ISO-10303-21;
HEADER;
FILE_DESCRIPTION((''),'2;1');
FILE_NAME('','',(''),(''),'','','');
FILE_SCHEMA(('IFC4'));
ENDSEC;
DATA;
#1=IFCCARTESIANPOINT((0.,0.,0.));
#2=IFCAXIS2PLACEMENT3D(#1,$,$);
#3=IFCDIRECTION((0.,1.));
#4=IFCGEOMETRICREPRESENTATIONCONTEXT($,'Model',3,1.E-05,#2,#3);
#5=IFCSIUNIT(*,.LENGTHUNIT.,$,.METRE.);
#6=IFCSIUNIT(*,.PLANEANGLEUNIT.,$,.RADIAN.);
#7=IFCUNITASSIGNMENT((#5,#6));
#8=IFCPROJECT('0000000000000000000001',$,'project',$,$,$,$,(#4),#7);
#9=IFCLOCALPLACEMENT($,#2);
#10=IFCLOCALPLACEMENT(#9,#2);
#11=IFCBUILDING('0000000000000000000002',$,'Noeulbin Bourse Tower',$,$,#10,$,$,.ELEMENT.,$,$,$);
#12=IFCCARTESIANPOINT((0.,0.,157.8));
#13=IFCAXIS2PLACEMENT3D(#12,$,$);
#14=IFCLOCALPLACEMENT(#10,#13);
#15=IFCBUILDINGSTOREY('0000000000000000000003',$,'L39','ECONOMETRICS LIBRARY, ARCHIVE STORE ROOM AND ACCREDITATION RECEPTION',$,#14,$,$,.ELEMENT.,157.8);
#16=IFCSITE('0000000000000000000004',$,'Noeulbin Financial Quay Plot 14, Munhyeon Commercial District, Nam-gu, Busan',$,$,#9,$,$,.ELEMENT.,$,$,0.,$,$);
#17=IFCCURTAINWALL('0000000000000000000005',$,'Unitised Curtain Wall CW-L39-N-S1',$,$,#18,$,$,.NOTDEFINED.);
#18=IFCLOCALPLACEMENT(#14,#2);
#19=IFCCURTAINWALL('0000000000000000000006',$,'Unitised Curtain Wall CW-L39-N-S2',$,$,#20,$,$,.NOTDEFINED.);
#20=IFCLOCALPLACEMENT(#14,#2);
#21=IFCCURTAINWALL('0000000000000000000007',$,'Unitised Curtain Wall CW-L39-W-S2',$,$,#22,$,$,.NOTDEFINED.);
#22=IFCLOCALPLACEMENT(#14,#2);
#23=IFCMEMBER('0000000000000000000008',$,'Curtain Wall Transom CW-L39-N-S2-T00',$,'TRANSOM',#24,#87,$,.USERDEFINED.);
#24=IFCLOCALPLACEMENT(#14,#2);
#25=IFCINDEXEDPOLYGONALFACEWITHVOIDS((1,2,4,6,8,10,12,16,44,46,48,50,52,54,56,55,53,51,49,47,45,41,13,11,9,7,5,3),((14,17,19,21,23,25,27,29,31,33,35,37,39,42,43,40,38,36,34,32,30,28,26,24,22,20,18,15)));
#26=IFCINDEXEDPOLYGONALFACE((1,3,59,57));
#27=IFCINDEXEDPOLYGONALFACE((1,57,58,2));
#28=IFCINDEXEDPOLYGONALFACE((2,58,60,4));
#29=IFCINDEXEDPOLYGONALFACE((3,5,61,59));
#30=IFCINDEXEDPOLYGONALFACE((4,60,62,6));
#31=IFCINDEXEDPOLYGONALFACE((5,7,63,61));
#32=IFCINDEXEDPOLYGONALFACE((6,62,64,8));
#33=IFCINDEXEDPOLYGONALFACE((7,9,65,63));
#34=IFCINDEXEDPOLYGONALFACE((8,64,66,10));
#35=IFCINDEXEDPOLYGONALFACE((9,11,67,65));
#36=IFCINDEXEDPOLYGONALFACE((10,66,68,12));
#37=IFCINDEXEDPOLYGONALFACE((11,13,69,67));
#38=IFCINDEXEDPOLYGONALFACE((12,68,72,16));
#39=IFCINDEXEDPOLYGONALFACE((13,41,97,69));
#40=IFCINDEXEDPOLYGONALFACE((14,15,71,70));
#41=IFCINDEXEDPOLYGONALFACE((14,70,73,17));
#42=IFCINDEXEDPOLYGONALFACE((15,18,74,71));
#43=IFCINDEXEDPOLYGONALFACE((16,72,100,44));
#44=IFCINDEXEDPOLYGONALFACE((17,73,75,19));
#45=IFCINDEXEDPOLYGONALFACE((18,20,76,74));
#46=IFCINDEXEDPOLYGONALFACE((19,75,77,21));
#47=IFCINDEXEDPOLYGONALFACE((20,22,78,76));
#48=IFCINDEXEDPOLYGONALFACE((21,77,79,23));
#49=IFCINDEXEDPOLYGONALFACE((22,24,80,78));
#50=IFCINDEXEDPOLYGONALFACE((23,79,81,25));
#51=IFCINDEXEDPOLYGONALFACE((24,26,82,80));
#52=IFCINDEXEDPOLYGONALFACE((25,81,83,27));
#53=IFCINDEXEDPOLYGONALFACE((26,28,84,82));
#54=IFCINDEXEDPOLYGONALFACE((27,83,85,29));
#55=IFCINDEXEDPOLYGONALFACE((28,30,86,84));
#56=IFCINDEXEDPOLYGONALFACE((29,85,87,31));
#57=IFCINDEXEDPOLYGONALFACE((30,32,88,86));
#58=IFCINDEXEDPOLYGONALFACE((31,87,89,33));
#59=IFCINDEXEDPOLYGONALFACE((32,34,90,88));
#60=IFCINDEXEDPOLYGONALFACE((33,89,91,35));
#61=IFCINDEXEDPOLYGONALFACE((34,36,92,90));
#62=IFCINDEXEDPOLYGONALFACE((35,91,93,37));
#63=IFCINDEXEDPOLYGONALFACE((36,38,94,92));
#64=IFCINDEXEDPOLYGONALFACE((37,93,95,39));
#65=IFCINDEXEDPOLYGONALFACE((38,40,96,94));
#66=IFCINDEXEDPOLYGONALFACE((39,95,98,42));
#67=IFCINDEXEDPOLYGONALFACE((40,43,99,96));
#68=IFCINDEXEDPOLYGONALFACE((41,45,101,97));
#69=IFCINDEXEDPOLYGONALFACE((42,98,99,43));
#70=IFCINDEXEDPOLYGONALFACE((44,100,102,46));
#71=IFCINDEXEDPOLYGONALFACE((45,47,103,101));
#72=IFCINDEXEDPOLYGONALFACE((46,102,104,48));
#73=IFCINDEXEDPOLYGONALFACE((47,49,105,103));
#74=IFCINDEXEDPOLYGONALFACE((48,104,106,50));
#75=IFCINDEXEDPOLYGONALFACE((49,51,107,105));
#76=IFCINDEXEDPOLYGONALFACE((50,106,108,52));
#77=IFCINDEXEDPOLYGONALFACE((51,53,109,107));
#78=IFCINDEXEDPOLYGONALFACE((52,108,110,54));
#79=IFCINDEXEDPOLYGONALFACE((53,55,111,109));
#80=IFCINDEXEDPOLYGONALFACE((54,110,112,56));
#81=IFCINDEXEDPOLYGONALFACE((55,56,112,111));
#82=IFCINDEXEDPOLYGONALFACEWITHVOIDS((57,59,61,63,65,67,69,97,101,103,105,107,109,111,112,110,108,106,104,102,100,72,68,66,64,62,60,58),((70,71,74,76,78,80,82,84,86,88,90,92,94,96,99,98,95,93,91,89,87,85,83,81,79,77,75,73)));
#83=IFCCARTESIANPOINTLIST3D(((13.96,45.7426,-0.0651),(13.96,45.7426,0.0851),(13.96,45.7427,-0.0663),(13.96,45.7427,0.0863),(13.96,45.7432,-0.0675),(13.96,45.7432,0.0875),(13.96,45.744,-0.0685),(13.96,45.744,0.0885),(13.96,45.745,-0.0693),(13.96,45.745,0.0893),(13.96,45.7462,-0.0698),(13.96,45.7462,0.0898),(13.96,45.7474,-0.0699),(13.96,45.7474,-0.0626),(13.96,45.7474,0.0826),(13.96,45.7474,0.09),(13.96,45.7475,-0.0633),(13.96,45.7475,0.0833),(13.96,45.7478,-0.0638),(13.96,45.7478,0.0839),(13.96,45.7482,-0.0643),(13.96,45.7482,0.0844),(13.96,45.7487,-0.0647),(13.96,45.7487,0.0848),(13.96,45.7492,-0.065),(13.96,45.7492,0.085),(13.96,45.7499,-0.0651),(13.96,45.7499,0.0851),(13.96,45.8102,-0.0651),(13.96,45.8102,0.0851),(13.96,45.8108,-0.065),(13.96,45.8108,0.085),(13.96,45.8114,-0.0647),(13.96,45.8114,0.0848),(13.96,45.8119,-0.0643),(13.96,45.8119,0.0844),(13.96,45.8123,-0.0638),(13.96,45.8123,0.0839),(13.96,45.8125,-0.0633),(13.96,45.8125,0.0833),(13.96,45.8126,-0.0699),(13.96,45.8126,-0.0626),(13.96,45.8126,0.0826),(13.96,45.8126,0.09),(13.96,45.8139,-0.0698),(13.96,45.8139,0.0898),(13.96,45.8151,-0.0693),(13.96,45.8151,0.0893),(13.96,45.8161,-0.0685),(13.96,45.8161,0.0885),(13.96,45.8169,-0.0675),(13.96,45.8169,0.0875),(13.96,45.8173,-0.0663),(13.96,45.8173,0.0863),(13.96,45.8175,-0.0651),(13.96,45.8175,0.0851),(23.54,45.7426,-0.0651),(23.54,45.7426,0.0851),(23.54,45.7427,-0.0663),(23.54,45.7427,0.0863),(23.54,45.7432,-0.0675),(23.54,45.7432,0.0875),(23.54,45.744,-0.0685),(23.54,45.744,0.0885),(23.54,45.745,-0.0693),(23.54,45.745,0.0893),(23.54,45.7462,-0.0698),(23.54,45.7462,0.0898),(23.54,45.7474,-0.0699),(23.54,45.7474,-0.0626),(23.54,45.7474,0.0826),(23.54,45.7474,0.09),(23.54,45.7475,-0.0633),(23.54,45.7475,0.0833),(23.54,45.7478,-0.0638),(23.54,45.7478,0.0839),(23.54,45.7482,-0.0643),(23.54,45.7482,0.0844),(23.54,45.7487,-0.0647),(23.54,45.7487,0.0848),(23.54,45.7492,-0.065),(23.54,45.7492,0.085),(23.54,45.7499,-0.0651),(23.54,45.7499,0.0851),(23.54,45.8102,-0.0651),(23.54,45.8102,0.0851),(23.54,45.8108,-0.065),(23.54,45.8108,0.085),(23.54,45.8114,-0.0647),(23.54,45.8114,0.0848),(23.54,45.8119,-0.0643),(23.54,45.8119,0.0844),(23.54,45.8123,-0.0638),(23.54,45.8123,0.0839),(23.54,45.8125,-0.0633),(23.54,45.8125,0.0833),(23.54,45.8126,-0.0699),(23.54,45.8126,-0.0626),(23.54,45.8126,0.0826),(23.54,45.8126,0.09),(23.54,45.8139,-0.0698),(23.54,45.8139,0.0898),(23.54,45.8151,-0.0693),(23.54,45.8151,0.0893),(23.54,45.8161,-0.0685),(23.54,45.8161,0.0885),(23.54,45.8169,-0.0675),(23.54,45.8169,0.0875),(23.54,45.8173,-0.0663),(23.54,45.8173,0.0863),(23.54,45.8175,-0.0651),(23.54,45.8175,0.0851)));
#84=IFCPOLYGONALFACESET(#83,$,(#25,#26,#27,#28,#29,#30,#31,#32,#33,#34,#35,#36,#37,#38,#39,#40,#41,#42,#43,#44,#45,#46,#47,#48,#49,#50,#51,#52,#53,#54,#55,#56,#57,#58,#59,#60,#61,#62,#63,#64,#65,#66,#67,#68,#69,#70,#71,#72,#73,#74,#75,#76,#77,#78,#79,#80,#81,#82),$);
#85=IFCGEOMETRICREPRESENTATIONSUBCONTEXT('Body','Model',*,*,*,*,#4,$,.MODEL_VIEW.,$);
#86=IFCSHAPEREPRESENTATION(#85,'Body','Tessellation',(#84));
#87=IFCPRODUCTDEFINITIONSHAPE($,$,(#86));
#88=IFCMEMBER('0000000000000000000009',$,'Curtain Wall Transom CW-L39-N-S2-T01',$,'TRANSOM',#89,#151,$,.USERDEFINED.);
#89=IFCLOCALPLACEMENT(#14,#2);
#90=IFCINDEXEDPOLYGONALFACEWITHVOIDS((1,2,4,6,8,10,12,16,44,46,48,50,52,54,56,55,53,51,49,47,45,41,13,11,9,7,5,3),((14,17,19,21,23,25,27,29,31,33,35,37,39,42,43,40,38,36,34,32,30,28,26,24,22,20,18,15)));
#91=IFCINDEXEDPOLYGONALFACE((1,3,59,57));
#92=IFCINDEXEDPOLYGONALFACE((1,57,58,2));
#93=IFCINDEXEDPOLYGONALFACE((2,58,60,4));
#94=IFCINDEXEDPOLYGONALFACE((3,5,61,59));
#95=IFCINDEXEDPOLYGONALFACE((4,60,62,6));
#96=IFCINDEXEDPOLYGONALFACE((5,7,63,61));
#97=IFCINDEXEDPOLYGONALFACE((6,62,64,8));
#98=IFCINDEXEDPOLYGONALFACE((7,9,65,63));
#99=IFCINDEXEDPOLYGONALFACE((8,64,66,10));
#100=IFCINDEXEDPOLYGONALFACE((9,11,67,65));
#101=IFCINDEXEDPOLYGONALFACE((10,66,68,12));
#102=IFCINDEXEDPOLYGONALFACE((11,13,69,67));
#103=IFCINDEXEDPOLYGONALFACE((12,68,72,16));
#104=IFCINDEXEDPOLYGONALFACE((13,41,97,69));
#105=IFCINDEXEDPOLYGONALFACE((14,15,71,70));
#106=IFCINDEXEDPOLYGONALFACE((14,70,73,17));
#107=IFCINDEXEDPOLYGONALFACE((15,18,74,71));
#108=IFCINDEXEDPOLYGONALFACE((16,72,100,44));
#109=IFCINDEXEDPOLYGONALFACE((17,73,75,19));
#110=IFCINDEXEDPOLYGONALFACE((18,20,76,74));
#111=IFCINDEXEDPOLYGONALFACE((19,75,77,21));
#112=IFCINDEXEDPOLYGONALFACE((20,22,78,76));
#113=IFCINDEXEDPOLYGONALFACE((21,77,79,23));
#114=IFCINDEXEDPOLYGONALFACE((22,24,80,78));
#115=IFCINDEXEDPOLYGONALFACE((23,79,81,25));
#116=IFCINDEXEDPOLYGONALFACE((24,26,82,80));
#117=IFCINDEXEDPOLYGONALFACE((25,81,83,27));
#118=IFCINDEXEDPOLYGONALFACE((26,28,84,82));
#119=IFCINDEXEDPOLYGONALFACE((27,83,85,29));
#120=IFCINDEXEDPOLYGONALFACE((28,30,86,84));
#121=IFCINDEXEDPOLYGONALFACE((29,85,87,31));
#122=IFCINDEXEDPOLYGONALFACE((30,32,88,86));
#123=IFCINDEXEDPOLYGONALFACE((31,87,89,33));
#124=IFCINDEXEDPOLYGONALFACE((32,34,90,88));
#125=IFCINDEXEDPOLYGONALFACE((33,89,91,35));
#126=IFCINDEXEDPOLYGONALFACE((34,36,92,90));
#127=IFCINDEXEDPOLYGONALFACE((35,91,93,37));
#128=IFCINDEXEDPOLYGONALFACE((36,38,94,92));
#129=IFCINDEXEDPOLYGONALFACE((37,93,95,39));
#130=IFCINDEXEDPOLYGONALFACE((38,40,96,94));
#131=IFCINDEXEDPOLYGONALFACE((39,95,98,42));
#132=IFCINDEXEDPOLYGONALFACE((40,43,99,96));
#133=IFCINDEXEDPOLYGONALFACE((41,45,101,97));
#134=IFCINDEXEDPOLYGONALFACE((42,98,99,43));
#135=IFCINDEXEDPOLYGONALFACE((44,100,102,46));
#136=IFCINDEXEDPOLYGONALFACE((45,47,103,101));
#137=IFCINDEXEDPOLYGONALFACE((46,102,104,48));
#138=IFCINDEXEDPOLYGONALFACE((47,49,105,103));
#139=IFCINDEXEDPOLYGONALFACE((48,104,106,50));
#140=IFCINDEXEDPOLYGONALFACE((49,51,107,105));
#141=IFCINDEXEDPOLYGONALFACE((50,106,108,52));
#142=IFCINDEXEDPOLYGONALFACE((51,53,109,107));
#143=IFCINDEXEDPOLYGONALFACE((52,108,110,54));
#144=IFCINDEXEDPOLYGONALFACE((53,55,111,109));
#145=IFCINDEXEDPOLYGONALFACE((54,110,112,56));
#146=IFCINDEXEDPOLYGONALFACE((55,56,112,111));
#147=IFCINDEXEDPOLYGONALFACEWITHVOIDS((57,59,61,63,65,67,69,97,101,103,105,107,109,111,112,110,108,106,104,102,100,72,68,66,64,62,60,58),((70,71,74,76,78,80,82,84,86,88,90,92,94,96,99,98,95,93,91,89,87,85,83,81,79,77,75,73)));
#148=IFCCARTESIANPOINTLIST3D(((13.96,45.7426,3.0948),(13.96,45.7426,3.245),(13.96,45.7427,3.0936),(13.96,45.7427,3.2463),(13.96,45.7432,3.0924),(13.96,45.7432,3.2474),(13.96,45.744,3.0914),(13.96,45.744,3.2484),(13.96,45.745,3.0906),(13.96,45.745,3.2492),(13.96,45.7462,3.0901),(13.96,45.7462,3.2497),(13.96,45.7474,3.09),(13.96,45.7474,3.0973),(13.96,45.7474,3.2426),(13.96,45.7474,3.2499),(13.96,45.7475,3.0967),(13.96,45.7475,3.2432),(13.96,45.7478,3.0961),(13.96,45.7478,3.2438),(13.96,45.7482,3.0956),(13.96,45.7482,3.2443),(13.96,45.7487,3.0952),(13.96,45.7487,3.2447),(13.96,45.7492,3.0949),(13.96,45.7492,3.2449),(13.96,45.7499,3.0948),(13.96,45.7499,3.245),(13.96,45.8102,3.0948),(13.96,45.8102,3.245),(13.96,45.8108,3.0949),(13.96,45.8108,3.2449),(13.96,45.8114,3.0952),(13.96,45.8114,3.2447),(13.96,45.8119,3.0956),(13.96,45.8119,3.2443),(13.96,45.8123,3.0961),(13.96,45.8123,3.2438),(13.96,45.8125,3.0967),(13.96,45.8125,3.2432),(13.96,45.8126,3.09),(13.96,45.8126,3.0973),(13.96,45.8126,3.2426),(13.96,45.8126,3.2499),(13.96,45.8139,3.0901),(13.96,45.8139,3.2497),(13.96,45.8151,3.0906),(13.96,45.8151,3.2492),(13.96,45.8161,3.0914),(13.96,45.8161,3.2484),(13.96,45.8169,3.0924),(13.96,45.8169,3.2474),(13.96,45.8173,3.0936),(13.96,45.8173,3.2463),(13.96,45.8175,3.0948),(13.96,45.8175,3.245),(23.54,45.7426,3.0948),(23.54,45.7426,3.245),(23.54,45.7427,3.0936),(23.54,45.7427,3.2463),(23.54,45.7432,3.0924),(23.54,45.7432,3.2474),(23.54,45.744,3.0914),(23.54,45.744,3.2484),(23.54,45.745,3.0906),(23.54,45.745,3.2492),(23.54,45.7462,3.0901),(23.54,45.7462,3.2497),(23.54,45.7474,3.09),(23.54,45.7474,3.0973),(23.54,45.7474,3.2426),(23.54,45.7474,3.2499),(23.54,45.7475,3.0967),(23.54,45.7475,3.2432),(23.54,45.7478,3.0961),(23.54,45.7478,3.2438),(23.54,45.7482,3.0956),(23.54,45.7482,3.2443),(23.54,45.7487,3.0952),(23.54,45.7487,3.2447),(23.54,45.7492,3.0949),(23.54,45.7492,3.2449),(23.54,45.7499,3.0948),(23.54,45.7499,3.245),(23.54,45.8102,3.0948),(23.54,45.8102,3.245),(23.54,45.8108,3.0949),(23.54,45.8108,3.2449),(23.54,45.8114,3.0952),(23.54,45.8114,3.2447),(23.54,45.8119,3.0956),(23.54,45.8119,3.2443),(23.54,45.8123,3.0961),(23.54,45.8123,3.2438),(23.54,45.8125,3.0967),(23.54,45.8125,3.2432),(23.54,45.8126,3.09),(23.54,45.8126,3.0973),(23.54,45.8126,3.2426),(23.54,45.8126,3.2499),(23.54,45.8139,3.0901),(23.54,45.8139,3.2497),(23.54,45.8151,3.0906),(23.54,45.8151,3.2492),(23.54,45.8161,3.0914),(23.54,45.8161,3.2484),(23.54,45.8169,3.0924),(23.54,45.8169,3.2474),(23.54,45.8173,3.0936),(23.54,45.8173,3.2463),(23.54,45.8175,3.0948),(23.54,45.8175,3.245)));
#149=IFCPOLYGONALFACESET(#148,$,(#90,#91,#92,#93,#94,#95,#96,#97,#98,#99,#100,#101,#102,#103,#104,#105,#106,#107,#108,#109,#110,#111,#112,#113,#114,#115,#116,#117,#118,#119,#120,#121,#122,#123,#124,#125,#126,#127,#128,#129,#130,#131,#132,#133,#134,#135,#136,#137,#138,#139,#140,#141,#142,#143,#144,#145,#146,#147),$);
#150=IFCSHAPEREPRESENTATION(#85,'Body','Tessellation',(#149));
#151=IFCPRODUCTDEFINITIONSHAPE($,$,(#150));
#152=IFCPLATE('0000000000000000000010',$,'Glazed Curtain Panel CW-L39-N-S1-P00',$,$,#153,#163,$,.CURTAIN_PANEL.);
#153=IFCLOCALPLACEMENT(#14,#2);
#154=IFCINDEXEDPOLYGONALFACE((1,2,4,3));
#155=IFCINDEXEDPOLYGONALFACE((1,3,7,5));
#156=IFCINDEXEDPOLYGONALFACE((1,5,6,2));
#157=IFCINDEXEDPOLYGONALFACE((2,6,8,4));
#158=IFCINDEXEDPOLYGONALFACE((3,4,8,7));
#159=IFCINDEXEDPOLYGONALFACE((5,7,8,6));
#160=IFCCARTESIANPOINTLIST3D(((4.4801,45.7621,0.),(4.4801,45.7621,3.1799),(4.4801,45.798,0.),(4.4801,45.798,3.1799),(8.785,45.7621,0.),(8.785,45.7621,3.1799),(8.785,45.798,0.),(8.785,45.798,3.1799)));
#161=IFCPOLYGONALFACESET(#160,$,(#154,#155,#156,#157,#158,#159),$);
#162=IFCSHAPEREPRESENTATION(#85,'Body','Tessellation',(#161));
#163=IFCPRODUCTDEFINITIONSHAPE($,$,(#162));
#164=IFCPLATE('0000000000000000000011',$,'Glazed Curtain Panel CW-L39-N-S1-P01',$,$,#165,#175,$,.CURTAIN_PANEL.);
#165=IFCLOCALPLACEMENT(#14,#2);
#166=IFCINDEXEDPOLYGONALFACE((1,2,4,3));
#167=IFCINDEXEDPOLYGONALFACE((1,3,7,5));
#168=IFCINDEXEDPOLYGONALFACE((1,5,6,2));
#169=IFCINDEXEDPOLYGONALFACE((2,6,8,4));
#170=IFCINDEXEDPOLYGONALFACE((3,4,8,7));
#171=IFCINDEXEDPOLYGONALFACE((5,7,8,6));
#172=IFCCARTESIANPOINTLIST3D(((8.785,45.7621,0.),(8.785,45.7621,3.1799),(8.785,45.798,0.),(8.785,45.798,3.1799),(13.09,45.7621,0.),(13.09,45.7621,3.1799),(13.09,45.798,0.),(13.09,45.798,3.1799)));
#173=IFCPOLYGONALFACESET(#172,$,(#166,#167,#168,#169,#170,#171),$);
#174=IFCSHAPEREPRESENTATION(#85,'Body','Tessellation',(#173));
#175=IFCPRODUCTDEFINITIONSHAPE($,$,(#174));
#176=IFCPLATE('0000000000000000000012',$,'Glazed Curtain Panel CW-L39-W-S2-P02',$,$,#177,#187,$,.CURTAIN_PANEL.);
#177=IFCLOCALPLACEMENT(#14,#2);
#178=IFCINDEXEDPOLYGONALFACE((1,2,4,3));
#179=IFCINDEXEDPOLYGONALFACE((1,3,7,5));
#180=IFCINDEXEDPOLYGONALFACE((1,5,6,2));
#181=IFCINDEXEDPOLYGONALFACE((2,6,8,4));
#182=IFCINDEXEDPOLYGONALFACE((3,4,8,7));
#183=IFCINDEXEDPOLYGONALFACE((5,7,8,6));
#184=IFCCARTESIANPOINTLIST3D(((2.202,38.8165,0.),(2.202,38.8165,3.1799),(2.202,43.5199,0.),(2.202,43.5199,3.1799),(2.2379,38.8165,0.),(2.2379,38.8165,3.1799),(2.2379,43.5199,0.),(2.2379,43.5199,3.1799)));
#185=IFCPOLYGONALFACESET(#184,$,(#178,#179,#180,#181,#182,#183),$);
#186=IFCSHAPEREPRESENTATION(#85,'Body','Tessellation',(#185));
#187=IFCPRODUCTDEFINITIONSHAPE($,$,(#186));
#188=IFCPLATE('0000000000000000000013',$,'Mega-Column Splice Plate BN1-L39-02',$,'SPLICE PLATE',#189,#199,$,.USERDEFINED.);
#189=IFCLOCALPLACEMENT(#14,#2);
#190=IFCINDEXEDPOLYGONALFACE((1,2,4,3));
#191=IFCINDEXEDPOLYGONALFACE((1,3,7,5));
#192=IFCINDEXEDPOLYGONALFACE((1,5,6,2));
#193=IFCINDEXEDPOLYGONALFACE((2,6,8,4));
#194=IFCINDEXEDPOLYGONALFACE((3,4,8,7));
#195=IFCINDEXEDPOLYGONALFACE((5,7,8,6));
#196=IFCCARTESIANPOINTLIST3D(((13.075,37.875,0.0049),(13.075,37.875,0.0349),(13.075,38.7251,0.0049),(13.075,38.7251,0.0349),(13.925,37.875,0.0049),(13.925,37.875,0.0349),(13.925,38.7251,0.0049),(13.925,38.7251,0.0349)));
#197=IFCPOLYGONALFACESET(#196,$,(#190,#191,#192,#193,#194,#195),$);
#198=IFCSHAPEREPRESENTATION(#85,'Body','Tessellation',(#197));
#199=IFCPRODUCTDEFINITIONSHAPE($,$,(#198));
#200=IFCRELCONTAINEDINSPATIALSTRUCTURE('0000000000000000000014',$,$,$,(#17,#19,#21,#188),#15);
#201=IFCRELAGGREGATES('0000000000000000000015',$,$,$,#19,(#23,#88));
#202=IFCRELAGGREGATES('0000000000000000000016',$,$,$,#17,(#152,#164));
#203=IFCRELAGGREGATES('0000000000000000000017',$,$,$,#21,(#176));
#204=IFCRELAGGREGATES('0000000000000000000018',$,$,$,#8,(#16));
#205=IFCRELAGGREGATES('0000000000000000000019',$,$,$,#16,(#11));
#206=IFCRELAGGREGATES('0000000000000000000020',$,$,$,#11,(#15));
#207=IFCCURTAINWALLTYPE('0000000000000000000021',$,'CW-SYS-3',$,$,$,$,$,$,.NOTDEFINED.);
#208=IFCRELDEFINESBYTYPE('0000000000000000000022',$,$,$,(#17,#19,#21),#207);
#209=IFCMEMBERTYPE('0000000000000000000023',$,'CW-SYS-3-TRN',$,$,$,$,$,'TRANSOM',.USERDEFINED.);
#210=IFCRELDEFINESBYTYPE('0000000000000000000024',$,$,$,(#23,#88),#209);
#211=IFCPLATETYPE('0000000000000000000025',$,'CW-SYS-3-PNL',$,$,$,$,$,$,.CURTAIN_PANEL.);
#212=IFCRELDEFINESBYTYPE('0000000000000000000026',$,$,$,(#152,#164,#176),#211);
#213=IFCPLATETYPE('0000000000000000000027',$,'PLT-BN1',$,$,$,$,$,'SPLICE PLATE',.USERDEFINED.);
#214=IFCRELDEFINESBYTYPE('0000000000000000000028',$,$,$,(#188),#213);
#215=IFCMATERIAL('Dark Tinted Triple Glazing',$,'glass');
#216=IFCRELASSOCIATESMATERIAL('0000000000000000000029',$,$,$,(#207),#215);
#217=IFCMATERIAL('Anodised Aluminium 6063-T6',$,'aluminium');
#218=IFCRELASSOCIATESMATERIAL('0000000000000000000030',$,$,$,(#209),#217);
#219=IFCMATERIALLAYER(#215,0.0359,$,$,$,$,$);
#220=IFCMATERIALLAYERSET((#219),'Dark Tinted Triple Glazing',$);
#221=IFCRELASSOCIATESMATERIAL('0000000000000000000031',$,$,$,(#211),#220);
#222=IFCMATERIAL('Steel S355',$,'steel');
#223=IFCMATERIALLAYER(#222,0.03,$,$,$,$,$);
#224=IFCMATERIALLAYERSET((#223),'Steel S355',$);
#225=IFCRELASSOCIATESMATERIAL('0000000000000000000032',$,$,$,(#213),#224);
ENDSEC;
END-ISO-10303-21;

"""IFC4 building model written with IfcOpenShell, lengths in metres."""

from ifc_helpers import new_model, si_unit, direction, frame, origin, origin_2d, place, context, subcontext, project, spatial, rectangle, hollow_rectangle, extrude, material, layer, layer_set, material_profile, profile_set, type_object, element, aggregate, save


model = new_model("IFC4")

# Units and contexts
model_context = context("Model", 3, precision=1e-05, world=origin(), true_north=direction((0.0, 1.0)))
body_context = subcontext(model_context, "Body", "Model", "MODEL_VIEW")
ifc_project = project(units=[si_unit("LENGTHUNIT", "METRE"), si_unit("PLANEANGLEUNIT", "RADIAN")], contexts=[model_context])

# Site, building, storey
site_placement = place(None, origin())
site = spatial("IfcSite", under=ifc_project, at=site_placement, Name="Noeulbin Financial Quay Plot 14, Munhyeon Commercial District, Nam-gu, Busan", CompositionType="ELEMENT", RefElevation=0.0)
building_placement = place(site_placement, origin())
building = spatial("IfcBuilding", under=site, at=building_placement, Name="Noeulbin Bourse Tower", CompositionType="ELEMENT")
storey_placement = place(building_placement, frame((0.0, 0.0, 157.8)))
storey = spatial("IfcBuildingStorey", under=building, at=storey_placement, Name="L39", Description="ECONOMETRICS LIBRARY, ARCHIVE STORE ROOM AND ACCREDITATION RECEPTION", CompositionType="ELEMENT", Elevation=157.8)

# Shared definitions
ifc_material_1 = material(Name="Steel S355", Category="steel")

# Curtain wall
ifc_material_2 = material(Name="Dark Tinted Triple Glazing", Category="glass")
curtain_wall_type = type_object("IfcCurtainWallType", Name="CW-SYS-3", PredefinedType="NOTDEFINED", material=ifc_material_2)
curtain_wall_1_placement = place(storey_placement, origin())
curtain_wall_1 = element("IfcCurtainWall", 1, at=curtain_wall_1_placement, inside=storey, type_object=curtain_wall_type, Name="Unitised Curtain Wall CW-L39-N-S1", PredefinedType="NOTDEFINED")
ifc_material_3 = material(Name="Anodised Aluminium 6063-T6", Category="aluminium")

# Curtain wall
curtain_wall_2_placement = place(storey_placement, origin())
curtain_wall_2 = element("IfcCurtainWall", 2, at=curtain_wall_2_placement, inside=storey, type_object=curtain_wall_type, Name="Unitised Curtain Wall CW-L39-N-S2", PredefinedType="NOTDEFINED")

# Curtain wall
curtain_wall_3_placement = place(storey_placement, origin())
curtain_wall_3 = element("IfcCurtainWall", 3, at=curtain_wall_3_placement, inside=storey, type_object=curtain_wall_type, Name="Unitised Curtain Wall CW-L39-W-S2", PredefinedType="NOTDEFINED")

# Members
ifc_material_profile_1 = material_profile(ifc_material_3, hollow_rectangle(XDim=0.075, YDim=0.1599, WallThickness=0.0049, InnerFilletRadius=0.0024, OuterFilletRadius=0.0049, at=origin_2d()), Name="ALU-TRAN-75x160x5", Category="LoadBearing")
ifc_profile_set_1 = profile_set([ifc_material_profile_1], Name="Anodised Aluminium 6063-T6")
member_type_1 = type_object("IfcMemberType", Name="CW-SYS-3-TRN", ElementType="TRANSOM", PredefinedType="USERDEFINED", material=ifc_profile_set_1)
member_1_placement = place(storey_placement, frame((13.96, 45.78, 0.01), z_axis=(1.0, 0.0, 0.0), x_axis=(0.0, 1.0, 0.0)))
member_1 = element("IfcMember", 4, at=member_1_placement, type_object=member_type_1, Name="Curtain Wall Transom CW-L39-N-S2-T00", ObjectType="TRANSOM", PredefinedType="USERDEFINED", context=body_context, shape_type="SweptSolid", body=[
    extrude(hollow_rectangle(XDim=0.075, YDim=0.1599, WallThickness=0.0049, InnerFilletRadius=0.0024, OuterFilletRadius=0.0049, at=origin_2d()), origin(), (0.0, 0.0, 1.0), 9.5801),
])
member_2_placement = place(storey_placement, frame((13.96, 45.78, 3.1699), z_axis=(1.0, 0.0, 0.0), x_axis=(0.0, 1.0, 0.0)))
member_2 = element("IfcMember", 5, at=member_2_placement, type_object=member_type_1, Name="Curtain Wall Transom CW-L39-N-S2-T01", ObjectType="TRANSOM", PredefinedType="USERDEFINED", context=body_context, shape_type="SweptSolid", body=[
    extrude(hollow_rectangle(XDim=0.075, YDim=0.1599, WallThickness=0.0049, InnerFilletRadius=0.0024, OuterFilletRadius=0.0049, at=origin_2d()), origin(), (0.0, 0.0, 1.0), 9.5801),
])
aggregate(curtain_wall_2, [member_1, member_2])

# Plates
ifc_layer_1 = layer(ifc_material_2, 0.0359)
ifc_layer_set_1 = layer_set([ifc_layer_1], Name="Dark Tinted Triple Glazing")
plate_type_1 = type_object("IfcPlateType", Name="CW-SYS-3-PNL", PredefinedType="CURTAIN_PANEL", material=ifc_layer_set_1)
plate_1_placement = place(storey_placement, frame((6.6326, 45.78, 0.0), z_axis=(0.0, 0.0, 1.0), x_axis=(1.0, 0.0, 0.0)))
plate_1 = element("IfcPlate", 6, at=plate_1_placement, type_object=plate_type_1, Name="Glazed Curtain Panel CW-L39-N-S1-P00", PredefinedType="CURTAIN_PANEL", context=body_context, shape_type="SweptSolid", body=[
    extrude(rectangle(XDim=4.3049, YDim=0.0359, at=origin_2d()), origin(), (0.0, 0.0, 1.0), 3.1799),
])
plate_2_placement = place(storey_placement, frame((10.9375, 45.78, 0.0), z_axis=(0.0, 0.0, 1.0), x_axis=(1.0, 0.0, 0.0)))
plate_2 = element("IfcPlate", 7, at=plate_2_placement, type_object=plate_type_1, Name="Glazed Curtain Panel CW-L39-N-S1-P01", PredefinedType="CURTAIN_PANEL", context=body_context, shape_type="SweptSolid", body=[
    extrude(rectangle(XDim=4.3049, YDim=0.0359, at=origin_2d()), origin(), (0.0, 0.0, 1.0), 3.1799),
])
aggregate(curtain_wall_1, [plate_1, plate_2])
plate_3_placement = place(storey_placement, frame((2.22, 41.1682, 0.0), z_axis=(0.0, 0.0, 1.0), x_axis=(0.0, 1.0, 0.0)))
plate_3 = element("IfcPlate", 8, at=plate_3_placement, type_object=plate_type_1, Name="Glazed Curtain Panel CW-L39-W-S2-P02", PredefinedType="CURTAIN_PANEL", context=body_context, shape_type="SweptSolid", body=[
    extrude(rectangle(XDim=4.7034, YDim=0.0359, at=origin_2d()), origin(), (0.0, 0.0, 1.0), 3.1799),
])
aggregate(curtain_wall_3, [plate_3])

# Plate
ifc_layer_2 = layer(ifc_material_1, 0.03)
ifc_layer_set_2 = layer_set([ifc_layer_2], Name="Steel S355")
plate_type_2 = type_object("IfcPlateType", Name="PLT-BN1", ElementType="SPLICE PLATE", PredefinedType="USERDEFINED", material=ifc_layer_set_2)
for number, where, z_axis, x_axis, name in (
    (9, (13.5, 38.3, 0.0049), (0.0, 0.0, 1.0), (1.0, 0.0, 0.0), "Mega-Column Splice Plate BN1-L39-02"),
):
    element("IfcPlate", number, at=place(storey_placement, frame(where, z_axis=z_axis, x_axis=x_axis)), inside=storey, type_object=plate_type_2, Name=name, ObjectType="SPLICE PLATE", PredefinedType="USERDEFINED", context=body_context, shape_type="SweptSolid", body=[
        extrude(rectangle(XDim=0.8501, YDim=0.8501, at=origin_2d()), origin(), (0.0, 0.0, 1.0), 0.03),
    ])

save(model, "model.ifc")
